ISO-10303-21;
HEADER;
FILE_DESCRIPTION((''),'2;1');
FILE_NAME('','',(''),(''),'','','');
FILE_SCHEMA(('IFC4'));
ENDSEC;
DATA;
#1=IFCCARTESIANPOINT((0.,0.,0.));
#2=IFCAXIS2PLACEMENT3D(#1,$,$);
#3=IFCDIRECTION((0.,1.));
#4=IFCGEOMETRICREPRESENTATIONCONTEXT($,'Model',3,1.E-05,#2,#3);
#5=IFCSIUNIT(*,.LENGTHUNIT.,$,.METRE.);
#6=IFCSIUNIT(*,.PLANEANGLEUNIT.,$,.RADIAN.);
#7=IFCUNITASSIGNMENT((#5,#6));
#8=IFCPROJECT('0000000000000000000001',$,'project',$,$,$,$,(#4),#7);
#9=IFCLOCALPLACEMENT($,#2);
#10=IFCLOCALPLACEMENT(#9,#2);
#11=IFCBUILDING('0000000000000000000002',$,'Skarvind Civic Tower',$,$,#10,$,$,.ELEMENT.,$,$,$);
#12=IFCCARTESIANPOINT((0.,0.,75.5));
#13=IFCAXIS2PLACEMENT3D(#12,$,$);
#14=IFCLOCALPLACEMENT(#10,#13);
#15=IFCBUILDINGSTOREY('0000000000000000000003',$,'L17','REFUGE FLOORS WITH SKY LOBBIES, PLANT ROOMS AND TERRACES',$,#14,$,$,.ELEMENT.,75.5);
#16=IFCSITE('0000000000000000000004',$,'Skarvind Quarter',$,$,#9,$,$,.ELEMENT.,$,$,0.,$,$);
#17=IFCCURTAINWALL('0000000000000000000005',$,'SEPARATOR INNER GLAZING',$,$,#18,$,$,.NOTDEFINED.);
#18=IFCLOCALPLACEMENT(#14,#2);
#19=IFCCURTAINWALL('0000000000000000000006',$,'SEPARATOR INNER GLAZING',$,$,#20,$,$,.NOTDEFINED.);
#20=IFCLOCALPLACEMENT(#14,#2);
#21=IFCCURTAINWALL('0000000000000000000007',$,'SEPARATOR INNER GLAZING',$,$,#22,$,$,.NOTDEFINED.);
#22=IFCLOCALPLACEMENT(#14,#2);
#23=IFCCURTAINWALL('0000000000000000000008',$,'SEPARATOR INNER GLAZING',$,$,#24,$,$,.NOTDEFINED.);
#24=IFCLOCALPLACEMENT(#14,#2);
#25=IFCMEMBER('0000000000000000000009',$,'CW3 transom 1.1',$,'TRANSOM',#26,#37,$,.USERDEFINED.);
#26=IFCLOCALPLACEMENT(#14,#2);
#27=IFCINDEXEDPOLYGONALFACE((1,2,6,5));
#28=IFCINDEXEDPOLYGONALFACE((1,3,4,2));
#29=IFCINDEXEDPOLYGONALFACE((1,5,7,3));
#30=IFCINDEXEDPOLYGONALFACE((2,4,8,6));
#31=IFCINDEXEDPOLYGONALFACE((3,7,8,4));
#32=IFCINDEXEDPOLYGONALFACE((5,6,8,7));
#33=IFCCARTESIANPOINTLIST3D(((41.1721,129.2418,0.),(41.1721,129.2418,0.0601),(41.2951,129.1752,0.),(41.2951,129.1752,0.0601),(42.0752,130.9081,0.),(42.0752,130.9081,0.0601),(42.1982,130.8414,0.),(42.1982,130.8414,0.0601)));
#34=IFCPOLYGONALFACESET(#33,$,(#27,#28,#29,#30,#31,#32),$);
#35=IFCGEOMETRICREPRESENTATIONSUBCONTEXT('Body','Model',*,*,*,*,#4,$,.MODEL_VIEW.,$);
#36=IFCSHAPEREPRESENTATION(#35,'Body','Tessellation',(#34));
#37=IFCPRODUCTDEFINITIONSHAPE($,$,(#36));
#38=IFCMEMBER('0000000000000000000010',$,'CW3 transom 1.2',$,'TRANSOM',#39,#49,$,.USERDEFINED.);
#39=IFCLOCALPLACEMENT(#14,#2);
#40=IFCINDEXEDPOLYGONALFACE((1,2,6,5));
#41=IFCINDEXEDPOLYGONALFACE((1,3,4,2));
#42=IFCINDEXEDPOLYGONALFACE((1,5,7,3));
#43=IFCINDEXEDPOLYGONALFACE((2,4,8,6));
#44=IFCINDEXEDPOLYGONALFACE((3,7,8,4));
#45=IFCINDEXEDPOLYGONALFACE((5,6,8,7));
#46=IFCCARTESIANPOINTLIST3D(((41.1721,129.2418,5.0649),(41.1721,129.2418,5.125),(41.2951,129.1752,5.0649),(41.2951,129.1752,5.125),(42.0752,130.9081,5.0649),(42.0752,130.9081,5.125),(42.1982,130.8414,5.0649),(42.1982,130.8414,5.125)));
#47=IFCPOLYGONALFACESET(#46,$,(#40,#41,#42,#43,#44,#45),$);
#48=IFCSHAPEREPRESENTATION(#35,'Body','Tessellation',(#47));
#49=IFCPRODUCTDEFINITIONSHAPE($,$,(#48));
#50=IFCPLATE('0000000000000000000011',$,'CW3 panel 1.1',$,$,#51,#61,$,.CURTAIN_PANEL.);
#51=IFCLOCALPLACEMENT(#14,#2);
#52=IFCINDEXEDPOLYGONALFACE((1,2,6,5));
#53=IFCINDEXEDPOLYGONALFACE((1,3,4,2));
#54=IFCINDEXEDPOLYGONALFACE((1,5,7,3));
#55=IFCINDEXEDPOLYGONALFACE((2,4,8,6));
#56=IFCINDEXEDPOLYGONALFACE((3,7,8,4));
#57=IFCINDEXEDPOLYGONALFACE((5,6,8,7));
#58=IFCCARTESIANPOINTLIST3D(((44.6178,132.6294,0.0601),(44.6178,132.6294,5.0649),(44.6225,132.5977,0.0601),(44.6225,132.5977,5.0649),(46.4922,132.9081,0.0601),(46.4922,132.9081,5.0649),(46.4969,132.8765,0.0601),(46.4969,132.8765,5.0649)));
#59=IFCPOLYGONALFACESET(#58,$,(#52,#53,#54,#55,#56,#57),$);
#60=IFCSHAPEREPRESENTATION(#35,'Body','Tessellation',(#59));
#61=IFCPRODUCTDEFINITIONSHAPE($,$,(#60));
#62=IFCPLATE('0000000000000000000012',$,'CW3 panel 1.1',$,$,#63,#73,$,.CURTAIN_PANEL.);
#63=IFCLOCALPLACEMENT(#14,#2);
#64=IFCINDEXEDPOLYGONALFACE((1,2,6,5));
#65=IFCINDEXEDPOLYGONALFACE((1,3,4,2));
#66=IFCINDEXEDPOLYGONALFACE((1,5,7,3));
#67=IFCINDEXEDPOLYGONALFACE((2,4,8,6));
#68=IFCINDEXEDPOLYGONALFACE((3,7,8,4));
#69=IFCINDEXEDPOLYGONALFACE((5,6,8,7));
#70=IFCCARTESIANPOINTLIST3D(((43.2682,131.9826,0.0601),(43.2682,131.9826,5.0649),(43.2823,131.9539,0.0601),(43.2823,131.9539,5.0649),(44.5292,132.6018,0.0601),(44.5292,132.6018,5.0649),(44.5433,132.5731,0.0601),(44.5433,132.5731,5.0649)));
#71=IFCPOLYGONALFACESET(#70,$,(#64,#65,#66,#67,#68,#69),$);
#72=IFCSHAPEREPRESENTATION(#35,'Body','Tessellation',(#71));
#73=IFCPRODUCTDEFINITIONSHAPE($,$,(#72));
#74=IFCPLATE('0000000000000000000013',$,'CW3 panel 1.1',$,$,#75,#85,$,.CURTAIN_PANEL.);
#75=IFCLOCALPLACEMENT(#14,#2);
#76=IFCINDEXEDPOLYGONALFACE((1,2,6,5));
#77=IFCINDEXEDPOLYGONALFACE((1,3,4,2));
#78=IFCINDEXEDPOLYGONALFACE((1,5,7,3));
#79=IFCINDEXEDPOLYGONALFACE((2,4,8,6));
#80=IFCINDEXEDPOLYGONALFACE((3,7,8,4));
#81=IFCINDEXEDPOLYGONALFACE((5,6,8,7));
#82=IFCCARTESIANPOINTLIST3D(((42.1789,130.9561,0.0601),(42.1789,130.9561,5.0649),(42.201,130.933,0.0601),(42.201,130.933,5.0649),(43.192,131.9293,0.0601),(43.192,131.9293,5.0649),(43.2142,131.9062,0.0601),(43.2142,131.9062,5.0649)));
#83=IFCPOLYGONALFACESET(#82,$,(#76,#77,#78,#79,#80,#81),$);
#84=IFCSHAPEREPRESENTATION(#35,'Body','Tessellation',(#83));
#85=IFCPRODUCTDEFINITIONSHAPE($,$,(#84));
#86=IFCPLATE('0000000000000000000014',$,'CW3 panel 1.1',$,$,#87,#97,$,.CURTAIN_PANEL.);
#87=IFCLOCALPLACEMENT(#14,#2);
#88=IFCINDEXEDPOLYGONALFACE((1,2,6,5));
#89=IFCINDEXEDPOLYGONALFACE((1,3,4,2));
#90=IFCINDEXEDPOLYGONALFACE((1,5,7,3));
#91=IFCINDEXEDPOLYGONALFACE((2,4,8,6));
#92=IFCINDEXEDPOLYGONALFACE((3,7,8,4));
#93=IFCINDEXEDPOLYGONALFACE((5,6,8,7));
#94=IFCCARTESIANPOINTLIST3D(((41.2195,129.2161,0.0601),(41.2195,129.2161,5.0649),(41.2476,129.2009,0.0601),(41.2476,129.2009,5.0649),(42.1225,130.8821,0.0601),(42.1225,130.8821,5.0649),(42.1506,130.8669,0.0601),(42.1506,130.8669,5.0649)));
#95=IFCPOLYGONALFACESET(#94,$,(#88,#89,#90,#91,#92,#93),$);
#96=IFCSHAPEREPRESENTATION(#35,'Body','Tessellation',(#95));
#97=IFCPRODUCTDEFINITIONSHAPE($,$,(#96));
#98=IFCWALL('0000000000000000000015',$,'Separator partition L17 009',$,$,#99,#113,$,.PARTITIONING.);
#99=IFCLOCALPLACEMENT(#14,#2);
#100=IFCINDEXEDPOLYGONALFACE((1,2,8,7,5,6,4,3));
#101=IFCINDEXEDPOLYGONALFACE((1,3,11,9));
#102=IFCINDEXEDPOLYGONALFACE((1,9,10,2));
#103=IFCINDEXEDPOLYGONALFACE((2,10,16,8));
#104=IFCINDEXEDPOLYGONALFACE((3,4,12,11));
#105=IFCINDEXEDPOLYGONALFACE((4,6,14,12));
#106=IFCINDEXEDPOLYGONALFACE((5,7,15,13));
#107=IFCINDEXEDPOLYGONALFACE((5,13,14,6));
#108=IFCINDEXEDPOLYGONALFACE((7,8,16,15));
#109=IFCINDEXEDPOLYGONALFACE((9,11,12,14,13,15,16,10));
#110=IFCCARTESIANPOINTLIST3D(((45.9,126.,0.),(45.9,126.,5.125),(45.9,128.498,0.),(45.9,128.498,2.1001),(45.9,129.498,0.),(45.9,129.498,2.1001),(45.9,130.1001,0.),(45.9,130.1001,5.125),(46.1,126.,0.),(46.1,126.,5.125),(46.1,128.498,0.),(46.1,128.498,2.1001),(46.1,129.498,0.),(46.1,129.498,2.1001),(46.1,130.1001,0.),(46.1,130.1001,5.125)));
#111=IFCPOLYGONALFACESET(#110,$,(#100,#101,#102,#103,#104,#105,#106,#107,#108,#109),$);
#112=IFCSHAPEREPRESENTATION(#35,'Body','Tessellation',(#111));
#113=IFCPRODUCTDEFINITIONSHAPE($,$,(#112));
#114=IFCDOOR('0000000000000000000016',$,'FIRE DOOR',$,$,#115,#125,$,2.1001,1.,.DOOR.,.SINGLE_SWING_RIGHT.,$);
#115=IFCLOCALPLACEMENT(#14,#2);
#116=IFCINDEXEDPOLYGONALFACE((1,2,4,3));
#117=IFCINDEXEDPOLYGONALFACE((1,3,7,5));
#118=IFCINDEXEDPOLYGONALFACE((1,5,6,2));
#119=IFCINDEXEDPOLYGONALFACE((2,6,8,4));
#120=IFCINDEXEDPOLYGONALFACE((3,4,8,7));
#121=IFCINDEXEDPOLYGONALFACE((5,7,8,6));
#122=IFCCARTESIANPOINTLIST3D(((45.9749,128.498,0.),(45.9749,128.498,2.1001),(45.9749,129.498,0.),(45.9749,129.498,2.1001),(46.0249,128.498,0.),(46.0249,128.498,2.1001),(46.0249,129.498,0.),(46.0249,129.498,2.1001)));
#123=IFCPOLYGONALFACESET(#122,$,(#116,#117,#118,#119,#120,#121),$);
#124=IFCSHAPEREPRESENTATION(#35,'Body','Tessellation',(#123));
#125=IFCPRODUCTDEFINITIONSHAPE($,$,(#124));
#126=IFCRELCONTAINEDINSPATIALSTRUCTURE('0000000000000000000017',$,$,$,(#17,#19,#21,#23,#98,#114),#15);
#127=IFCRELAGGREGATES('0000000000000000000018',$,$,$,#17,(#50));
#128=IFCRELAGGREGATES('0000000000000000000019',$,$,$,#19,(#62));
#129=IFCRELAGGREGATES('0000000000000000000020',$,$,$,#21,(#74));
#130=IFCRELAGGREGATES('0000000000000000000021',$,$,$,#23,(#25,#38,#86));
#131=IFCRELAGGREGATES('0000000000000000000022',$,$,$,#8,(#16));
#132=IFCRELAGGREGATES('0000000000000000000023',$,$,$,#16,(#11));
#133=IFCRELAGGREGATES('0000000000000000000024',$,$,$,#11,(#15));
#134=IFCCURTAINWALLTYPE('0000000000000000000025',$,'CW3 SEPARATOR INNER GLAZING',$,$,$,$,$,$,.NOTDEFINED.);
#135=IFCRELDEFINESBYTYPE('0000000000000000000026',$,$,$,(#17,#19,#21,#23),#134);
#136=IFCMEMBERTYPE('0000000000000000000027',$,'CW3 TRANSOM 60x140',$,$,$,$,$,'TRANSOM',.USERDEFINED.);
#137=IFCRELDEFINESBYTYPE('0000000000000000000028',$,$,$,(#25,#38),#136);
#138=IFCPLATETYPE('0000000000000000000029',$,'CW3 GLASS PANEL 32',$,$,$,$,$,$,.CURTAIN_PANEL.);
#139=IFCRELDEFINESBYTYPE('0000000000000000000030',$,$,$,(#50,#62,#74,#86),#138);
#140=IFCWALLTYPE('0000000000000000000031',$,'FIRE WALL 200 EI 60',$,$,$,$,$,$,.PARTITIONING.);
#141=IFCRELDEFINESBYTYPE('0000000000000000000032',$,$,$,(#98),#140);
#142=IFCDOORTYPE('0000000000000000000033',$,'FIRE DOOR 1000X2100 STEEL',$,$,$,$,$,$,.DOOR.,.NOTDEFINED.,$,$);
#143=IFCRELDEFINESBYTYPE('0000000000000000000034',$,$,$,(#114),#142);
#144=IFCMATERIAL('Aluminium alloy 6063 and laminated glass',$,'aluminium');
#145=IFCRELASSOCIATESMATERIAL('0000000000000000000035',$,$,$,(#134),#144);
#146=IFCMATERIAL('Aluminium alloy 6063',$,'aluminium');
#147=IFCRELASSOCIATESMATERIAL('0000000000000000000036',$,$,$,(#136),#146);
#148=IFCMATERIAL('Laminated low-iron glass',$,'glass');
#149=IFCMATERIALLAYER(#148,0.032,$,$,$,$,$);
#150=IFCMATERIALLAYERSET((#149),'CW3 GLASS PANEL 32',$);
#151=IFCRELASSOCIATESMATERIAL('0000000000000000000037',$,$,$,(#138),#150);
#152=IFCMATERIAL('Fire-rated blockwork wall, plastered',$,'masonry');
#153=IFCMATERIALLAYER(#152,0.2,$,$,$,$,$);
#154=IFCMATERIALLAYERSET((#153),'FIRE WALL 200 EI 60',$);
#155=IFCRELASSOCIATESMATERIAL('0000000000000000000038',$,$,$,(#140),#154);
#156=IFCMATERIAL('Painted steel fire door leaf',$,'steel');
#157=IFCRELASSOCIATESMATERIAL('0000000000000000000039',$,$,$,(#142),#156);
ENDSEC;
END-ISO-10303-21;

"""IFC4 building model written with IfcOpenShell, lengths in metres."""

from ifc_helpers import new_model, si_unit, direction, frame, frame_2d, origin, origin_2d, place, context, subcontext, project, spatial, rectangle, extrude, material, layer, layer_set, material_profile, profile_set, type_object, element, fill, aggregate, save


model = new_model("IFC4")

# Units and contexts
model_context = context("Model", 3, precision=1e-05, world=origin(), true_north=direction((0.0, 1.0)))
body_context = subcontext(model_context, "Body", "Model", "MODEL_VIEW")
ifc_project = project(units=[si_unit("LENGTHUNIT", "METRE"), si_unit("PLANEANGLEUNIT", "RADIAN")], contexts=[model_context])

# Site, building, storey
site_placement = place(None, origin())
site = spatial("IfcSite", under=ifc_project, at=site_placement, Name="Skarvind Quarter", CompositionType="ELEMENT", RefElevation=0.0)
building_placement = place(site_placement, origin())
building = spatial("IfcBuilding", under=site, at=building_placement, Name="Skarvind Civic Tower", CompositionType="ELEMENT")
storey_placement = place(building_placement, frame((0.0, 0.0, 75.5)))
storey = spatial("IfcBuildingStorey", under=building, at=storey_placement, Name="L17", Description="REFUGE FLOORS WITH SKY LOBBIES, PLANT ROOMS AND TERRACES", CompositionType="ELEMENT", Elevation=75.5)

# Curtain wall
ifc_material_1 = material(Name="Aluminium alloy 6063 and laminated glass", Category="aluminium")
curtain_wall_type = type_object("IfcCurtainWallType", Name="CW3 SEPARATOR INNER GLAZING", PredefinedType="NOTDEFINED", material=ifc_material_1)
curtain_wall_1_placement = place(storey_placement, origin())
curtain_wall_1 = element("IfcCurtainWall", 1, at=curtain_wall_1_placement, inside=storey, type_object=curtain_wall_type, Name="SEPARATOR INNER GLAZING", PredefinedType="NOTDEFINED")
ifc_material_2 = material(Name="Aluminium alloy 6063", Category="aluminium")

# Curtain walls
curtain_wall_2_placement = place(storey_placement, origin())
curtain_wall_2 = element("IfcCurtainWall", 2, at=curtain_wall_2_placement, inside=storey, type_object=curtain_wall_type, Name="SEPARATOR INNER GLAZING", PredefinedType="NOTDEFINED")
curtain_wall_3_placement = place(storey_placement, origin())
curtain_wall_3 = element("IfcCurtainWall", 3, at=curtain_wall_3_placement, inside=storey, type_object=curtain_wall_type, Name="SEPARATOR INNER GLAZING", PredefinedType="NOTDEFINED")
curtain_wall_4_placement = place(storey_placement, origin())
curtain_wall_4 = element("IfcCurtainWall", 4, at=curtain_wall_4_placement, inside=storey, type_object=curtain_wall_type, Name="SEPARATOR INNER GLAZING", PredefinedType="NOTDEFINED")

# Members
ifc_material_profile_1 = material_profile(ifc_material_2, rectangle(XDim=0.1399, YDim=0.0601, at=origin_2d()), Name="AL 60x140")
ifc_profile_set_1 = profile_set([ifc_material_profile_1], Name="Aluminium alloy 6063")
member_type_1 = type_object("IfcMemberType", Name="CW3 TRANSOM 60x140", ElementType="TRANSOM", PredefinedType="USERDEFINED", material=ifc_profile_set_1)
member_1_placement = place(storey_placement, frame((41.2336, 129.2085, 0.03), z_axis=(0.476495, 0.879177, 0.0), x_axis=(-0.879177, 0.476495, 0.0)))
member_1 = element("IfcMember", 5, at=member_1_placement, type_object=member_type_1, Name="CW3 transom 1.1", ObjectType="TRANSOM", PredefinedType="USERDEFINED", context=body_context, shape_type="SweptSolid", body=[
    extrude(rectangle(XDim=0.1399, YDim=0.0601, at=origin_2d()), origin(), (0.0, 0.0, 1.0), 1.8953),
])
member_2_placement = place(storey_placement, frame((41.2336, 129.2085, 5.095), z_axis=(0.476495, 0.879177, 0.0), x_axis=(-0.879177, 0.476495, 0.0)))
member_2 = element("IfcMember", 6, at=member_2_placement, type_object=member_type_1, Name="CW3 transom 1.2", ObjectType="TRANSOM", PredefinedType="USERDEFINED", context=body_context, shape_type="SweptSolid", body=[
    extrude(rectangle(XDim=0.1399, YDim=0.0601, at=origin_2d()), origin(), (0.0, 0.0, 1.0), 1.8953),
])

# Plates
ifc_material_3 = material(Name="Laminated low-iron glass", Category="glass")
ifc_layer_1 = layer(ifc_material_3, 0.032)
ifc_layer_set_1 = layer_set([ifc_layer_1], Name="CW3 GLASS PANEL 32")
plate_type = type_object("IfcPlateType", Name="CW3 GLASS PANEL 32", PredefinedType="CURTAIN_PANEL", material=ifc_layer_set_1)
plate_1_placement = place(storey_placement, frame((45.5574, 132.7529, 0.0601), z_axis=(0.0, 0.0, 1.0), x_axis=(0.989123, 0.147088, 0.0)))
plate_1 = element("IfcPlate", 7, at=plate_1_placement, type_object=plate_type, Name="CW3 panel 1.1", PredefinedType="CURTAIN_PANEL", context=body_context, shape_type="SweptSolid", body=[
    extrude(rectangle(XDim=1.895, YDim=0.032, at=origin_2d()), origin(), (0.0, 0.0, 1.0), 5.0049),
])
aggregate(curtain_wall_1, [plate_1])
plate_2_placement = place(storey_placement, frame((43.9058, 132.2778, 0.0601), z_axis=(0.0, 0.0, 1.0), x_axis=(0.89763, 0.440749, 0.0)))
plate_2 = element("IfcPlate", 8, at=plate_2_placement, type_object=plate_type, Name="CW3 panel 1.1", PredefinedType="CURTAIN_PANEL", context=body_context, shape_type="SweptSolid", body=[
    extrude(rectangle(XDim=1.4048, YDim=0.032, at=origin_2d()), origin(), (0.0, 0.0, 1.0), 5.0049),
])
aggregate(curtain_wall_2, [plate_2])
plate_3_placement = place(storey_placement, frame((42.6965, 131.4312, 0.0601), z_axis=(0.0, 0.0, 1.0), x_axis=(0.721195, 0.692732, 0.0)))
plate_3 = element("IfcPlate", 9, at=plate_3_placement, type_object=plate_type, Name="CW3 panel 1.1", PredefinedType="CURTAIN_PANEL", context=body_context, shape_type="SweptSolid", body=[
    extrude(rectangle(XDim=1.4048, YDim=0.032, at=origin_2d()), origin(), (0.0, 0.0, 1.0), 5.0049),
])
aggregate(curtain_wall_3, [plate_3])
plate_4_placement = place(storey_placement, frame((41.6851, 130.0415, 0.0601), z_axis=(0.0, 0.0, 1.0), x_axis=(0.476545, 0.87915, 0.0)))
plate_4 = element("IfcPlate", 10, at=plate_4_placement, type_object=plate_type, Name="CW3 panel 1.1", PredefinedType="CURTAIN_PANEL", context=body_context, shape_type="SweptSolid", body=[
    extrude(rectangle(XDim=1.895, YDim=0.032, at=origin_2d()), origin(), (0.0, 0.0, 1.0), 5.0049),
])
aggregate(curtain_wall_4, [member_1, member_2, plate_4])

# Wall, opening, door
ifc_material_4 = material(Name="Fire-rated blockwork wall, plastered", Category="masonry")
ifc_layer_2 = layer(ifc_material_4, 0.2)
ifc_layer_set_2 = layer_set([ifc_layer_2], Name="FIRE WALL 200 EI 60")
wall_type = type_object("IfcWallType", Name="FIRE WALL 200 EI 60", PredefinedType="PARTITIONING", material=ifc_layer_set_2)
wall_placement = place(storey_placement, frame((46.0, 130.1001, 0.0), z_axis=(0.0, 0.0, 1.0), x_axis=(0.0, -1.0, 0.0)))
wall = element("IfcWall", 11, at=wall_placement, inside=storey, type_object=wall_type, Name="Separator partition L17 009", PredefinedType="PARTITIONING", context=body_context, shape_type="SweptSolid", body=[
    extrude(rectangle(XDim=4.1001, YDim=0.2, at=frame_2d((2.05, 0.0))), origin(), (0.0, 0.0, 1.0), 5.125),
])
opening_placement = place(wall_placement, frame((0.6021, 0.0, 0.0)))
opening = element("IfcOpeningElement", 12, at=opening_placement, cuts=wall, PredefinedType="OPENING", context=body_context, shape_type="SweptSolid", body=[
    extrude(rectangle(XDim=1.0, YDim=2.1001, at=frame_2d((0.5, 1.05))), frame((0.0, 0.1099, 0.0), z_axis=(0.0, -1.0, 0.0), x_axis=(1.0, 0.0, 0.0)), (0.0, 0.0, 1.0), 0.22),
])
ifc_material_5 = material(Name="Painted steel fire door leaf", Category="steel")
door_type = type_object("IfcDoorType", Name="FIRE DOOR 1000X2100 STEEL", OperationType="NOTDEFINED", PredefinedType="DOOR", material=ifc_material_5)
door_placement = place(opening_placement, origin())
door = element("IfcDoor", 13, at=door_placement, inside=storey, type_object=door_type, Name="FIRE DOOR", OperationType="SINGLE_SWING_RIGHT", OverallHeight=2.1001, OverallWidth=1.0, PredefinedType="DOOR", context=body_context, shape_type="SweptSolid", body=[
    extrude(rectangle(XDim=1.0, YDim=2.1001, at=frame_2d((0.5, 1.05))), frame((0.0, 0.0249, 0.0), z_axis=(0.0, -1.0, 0.0), x_axis=(1.0, 0.0, 0.0)), (0.0, 0.0, 1.0), 0.05),
])
fill(opening, door)

save(model, "model.ifc")
